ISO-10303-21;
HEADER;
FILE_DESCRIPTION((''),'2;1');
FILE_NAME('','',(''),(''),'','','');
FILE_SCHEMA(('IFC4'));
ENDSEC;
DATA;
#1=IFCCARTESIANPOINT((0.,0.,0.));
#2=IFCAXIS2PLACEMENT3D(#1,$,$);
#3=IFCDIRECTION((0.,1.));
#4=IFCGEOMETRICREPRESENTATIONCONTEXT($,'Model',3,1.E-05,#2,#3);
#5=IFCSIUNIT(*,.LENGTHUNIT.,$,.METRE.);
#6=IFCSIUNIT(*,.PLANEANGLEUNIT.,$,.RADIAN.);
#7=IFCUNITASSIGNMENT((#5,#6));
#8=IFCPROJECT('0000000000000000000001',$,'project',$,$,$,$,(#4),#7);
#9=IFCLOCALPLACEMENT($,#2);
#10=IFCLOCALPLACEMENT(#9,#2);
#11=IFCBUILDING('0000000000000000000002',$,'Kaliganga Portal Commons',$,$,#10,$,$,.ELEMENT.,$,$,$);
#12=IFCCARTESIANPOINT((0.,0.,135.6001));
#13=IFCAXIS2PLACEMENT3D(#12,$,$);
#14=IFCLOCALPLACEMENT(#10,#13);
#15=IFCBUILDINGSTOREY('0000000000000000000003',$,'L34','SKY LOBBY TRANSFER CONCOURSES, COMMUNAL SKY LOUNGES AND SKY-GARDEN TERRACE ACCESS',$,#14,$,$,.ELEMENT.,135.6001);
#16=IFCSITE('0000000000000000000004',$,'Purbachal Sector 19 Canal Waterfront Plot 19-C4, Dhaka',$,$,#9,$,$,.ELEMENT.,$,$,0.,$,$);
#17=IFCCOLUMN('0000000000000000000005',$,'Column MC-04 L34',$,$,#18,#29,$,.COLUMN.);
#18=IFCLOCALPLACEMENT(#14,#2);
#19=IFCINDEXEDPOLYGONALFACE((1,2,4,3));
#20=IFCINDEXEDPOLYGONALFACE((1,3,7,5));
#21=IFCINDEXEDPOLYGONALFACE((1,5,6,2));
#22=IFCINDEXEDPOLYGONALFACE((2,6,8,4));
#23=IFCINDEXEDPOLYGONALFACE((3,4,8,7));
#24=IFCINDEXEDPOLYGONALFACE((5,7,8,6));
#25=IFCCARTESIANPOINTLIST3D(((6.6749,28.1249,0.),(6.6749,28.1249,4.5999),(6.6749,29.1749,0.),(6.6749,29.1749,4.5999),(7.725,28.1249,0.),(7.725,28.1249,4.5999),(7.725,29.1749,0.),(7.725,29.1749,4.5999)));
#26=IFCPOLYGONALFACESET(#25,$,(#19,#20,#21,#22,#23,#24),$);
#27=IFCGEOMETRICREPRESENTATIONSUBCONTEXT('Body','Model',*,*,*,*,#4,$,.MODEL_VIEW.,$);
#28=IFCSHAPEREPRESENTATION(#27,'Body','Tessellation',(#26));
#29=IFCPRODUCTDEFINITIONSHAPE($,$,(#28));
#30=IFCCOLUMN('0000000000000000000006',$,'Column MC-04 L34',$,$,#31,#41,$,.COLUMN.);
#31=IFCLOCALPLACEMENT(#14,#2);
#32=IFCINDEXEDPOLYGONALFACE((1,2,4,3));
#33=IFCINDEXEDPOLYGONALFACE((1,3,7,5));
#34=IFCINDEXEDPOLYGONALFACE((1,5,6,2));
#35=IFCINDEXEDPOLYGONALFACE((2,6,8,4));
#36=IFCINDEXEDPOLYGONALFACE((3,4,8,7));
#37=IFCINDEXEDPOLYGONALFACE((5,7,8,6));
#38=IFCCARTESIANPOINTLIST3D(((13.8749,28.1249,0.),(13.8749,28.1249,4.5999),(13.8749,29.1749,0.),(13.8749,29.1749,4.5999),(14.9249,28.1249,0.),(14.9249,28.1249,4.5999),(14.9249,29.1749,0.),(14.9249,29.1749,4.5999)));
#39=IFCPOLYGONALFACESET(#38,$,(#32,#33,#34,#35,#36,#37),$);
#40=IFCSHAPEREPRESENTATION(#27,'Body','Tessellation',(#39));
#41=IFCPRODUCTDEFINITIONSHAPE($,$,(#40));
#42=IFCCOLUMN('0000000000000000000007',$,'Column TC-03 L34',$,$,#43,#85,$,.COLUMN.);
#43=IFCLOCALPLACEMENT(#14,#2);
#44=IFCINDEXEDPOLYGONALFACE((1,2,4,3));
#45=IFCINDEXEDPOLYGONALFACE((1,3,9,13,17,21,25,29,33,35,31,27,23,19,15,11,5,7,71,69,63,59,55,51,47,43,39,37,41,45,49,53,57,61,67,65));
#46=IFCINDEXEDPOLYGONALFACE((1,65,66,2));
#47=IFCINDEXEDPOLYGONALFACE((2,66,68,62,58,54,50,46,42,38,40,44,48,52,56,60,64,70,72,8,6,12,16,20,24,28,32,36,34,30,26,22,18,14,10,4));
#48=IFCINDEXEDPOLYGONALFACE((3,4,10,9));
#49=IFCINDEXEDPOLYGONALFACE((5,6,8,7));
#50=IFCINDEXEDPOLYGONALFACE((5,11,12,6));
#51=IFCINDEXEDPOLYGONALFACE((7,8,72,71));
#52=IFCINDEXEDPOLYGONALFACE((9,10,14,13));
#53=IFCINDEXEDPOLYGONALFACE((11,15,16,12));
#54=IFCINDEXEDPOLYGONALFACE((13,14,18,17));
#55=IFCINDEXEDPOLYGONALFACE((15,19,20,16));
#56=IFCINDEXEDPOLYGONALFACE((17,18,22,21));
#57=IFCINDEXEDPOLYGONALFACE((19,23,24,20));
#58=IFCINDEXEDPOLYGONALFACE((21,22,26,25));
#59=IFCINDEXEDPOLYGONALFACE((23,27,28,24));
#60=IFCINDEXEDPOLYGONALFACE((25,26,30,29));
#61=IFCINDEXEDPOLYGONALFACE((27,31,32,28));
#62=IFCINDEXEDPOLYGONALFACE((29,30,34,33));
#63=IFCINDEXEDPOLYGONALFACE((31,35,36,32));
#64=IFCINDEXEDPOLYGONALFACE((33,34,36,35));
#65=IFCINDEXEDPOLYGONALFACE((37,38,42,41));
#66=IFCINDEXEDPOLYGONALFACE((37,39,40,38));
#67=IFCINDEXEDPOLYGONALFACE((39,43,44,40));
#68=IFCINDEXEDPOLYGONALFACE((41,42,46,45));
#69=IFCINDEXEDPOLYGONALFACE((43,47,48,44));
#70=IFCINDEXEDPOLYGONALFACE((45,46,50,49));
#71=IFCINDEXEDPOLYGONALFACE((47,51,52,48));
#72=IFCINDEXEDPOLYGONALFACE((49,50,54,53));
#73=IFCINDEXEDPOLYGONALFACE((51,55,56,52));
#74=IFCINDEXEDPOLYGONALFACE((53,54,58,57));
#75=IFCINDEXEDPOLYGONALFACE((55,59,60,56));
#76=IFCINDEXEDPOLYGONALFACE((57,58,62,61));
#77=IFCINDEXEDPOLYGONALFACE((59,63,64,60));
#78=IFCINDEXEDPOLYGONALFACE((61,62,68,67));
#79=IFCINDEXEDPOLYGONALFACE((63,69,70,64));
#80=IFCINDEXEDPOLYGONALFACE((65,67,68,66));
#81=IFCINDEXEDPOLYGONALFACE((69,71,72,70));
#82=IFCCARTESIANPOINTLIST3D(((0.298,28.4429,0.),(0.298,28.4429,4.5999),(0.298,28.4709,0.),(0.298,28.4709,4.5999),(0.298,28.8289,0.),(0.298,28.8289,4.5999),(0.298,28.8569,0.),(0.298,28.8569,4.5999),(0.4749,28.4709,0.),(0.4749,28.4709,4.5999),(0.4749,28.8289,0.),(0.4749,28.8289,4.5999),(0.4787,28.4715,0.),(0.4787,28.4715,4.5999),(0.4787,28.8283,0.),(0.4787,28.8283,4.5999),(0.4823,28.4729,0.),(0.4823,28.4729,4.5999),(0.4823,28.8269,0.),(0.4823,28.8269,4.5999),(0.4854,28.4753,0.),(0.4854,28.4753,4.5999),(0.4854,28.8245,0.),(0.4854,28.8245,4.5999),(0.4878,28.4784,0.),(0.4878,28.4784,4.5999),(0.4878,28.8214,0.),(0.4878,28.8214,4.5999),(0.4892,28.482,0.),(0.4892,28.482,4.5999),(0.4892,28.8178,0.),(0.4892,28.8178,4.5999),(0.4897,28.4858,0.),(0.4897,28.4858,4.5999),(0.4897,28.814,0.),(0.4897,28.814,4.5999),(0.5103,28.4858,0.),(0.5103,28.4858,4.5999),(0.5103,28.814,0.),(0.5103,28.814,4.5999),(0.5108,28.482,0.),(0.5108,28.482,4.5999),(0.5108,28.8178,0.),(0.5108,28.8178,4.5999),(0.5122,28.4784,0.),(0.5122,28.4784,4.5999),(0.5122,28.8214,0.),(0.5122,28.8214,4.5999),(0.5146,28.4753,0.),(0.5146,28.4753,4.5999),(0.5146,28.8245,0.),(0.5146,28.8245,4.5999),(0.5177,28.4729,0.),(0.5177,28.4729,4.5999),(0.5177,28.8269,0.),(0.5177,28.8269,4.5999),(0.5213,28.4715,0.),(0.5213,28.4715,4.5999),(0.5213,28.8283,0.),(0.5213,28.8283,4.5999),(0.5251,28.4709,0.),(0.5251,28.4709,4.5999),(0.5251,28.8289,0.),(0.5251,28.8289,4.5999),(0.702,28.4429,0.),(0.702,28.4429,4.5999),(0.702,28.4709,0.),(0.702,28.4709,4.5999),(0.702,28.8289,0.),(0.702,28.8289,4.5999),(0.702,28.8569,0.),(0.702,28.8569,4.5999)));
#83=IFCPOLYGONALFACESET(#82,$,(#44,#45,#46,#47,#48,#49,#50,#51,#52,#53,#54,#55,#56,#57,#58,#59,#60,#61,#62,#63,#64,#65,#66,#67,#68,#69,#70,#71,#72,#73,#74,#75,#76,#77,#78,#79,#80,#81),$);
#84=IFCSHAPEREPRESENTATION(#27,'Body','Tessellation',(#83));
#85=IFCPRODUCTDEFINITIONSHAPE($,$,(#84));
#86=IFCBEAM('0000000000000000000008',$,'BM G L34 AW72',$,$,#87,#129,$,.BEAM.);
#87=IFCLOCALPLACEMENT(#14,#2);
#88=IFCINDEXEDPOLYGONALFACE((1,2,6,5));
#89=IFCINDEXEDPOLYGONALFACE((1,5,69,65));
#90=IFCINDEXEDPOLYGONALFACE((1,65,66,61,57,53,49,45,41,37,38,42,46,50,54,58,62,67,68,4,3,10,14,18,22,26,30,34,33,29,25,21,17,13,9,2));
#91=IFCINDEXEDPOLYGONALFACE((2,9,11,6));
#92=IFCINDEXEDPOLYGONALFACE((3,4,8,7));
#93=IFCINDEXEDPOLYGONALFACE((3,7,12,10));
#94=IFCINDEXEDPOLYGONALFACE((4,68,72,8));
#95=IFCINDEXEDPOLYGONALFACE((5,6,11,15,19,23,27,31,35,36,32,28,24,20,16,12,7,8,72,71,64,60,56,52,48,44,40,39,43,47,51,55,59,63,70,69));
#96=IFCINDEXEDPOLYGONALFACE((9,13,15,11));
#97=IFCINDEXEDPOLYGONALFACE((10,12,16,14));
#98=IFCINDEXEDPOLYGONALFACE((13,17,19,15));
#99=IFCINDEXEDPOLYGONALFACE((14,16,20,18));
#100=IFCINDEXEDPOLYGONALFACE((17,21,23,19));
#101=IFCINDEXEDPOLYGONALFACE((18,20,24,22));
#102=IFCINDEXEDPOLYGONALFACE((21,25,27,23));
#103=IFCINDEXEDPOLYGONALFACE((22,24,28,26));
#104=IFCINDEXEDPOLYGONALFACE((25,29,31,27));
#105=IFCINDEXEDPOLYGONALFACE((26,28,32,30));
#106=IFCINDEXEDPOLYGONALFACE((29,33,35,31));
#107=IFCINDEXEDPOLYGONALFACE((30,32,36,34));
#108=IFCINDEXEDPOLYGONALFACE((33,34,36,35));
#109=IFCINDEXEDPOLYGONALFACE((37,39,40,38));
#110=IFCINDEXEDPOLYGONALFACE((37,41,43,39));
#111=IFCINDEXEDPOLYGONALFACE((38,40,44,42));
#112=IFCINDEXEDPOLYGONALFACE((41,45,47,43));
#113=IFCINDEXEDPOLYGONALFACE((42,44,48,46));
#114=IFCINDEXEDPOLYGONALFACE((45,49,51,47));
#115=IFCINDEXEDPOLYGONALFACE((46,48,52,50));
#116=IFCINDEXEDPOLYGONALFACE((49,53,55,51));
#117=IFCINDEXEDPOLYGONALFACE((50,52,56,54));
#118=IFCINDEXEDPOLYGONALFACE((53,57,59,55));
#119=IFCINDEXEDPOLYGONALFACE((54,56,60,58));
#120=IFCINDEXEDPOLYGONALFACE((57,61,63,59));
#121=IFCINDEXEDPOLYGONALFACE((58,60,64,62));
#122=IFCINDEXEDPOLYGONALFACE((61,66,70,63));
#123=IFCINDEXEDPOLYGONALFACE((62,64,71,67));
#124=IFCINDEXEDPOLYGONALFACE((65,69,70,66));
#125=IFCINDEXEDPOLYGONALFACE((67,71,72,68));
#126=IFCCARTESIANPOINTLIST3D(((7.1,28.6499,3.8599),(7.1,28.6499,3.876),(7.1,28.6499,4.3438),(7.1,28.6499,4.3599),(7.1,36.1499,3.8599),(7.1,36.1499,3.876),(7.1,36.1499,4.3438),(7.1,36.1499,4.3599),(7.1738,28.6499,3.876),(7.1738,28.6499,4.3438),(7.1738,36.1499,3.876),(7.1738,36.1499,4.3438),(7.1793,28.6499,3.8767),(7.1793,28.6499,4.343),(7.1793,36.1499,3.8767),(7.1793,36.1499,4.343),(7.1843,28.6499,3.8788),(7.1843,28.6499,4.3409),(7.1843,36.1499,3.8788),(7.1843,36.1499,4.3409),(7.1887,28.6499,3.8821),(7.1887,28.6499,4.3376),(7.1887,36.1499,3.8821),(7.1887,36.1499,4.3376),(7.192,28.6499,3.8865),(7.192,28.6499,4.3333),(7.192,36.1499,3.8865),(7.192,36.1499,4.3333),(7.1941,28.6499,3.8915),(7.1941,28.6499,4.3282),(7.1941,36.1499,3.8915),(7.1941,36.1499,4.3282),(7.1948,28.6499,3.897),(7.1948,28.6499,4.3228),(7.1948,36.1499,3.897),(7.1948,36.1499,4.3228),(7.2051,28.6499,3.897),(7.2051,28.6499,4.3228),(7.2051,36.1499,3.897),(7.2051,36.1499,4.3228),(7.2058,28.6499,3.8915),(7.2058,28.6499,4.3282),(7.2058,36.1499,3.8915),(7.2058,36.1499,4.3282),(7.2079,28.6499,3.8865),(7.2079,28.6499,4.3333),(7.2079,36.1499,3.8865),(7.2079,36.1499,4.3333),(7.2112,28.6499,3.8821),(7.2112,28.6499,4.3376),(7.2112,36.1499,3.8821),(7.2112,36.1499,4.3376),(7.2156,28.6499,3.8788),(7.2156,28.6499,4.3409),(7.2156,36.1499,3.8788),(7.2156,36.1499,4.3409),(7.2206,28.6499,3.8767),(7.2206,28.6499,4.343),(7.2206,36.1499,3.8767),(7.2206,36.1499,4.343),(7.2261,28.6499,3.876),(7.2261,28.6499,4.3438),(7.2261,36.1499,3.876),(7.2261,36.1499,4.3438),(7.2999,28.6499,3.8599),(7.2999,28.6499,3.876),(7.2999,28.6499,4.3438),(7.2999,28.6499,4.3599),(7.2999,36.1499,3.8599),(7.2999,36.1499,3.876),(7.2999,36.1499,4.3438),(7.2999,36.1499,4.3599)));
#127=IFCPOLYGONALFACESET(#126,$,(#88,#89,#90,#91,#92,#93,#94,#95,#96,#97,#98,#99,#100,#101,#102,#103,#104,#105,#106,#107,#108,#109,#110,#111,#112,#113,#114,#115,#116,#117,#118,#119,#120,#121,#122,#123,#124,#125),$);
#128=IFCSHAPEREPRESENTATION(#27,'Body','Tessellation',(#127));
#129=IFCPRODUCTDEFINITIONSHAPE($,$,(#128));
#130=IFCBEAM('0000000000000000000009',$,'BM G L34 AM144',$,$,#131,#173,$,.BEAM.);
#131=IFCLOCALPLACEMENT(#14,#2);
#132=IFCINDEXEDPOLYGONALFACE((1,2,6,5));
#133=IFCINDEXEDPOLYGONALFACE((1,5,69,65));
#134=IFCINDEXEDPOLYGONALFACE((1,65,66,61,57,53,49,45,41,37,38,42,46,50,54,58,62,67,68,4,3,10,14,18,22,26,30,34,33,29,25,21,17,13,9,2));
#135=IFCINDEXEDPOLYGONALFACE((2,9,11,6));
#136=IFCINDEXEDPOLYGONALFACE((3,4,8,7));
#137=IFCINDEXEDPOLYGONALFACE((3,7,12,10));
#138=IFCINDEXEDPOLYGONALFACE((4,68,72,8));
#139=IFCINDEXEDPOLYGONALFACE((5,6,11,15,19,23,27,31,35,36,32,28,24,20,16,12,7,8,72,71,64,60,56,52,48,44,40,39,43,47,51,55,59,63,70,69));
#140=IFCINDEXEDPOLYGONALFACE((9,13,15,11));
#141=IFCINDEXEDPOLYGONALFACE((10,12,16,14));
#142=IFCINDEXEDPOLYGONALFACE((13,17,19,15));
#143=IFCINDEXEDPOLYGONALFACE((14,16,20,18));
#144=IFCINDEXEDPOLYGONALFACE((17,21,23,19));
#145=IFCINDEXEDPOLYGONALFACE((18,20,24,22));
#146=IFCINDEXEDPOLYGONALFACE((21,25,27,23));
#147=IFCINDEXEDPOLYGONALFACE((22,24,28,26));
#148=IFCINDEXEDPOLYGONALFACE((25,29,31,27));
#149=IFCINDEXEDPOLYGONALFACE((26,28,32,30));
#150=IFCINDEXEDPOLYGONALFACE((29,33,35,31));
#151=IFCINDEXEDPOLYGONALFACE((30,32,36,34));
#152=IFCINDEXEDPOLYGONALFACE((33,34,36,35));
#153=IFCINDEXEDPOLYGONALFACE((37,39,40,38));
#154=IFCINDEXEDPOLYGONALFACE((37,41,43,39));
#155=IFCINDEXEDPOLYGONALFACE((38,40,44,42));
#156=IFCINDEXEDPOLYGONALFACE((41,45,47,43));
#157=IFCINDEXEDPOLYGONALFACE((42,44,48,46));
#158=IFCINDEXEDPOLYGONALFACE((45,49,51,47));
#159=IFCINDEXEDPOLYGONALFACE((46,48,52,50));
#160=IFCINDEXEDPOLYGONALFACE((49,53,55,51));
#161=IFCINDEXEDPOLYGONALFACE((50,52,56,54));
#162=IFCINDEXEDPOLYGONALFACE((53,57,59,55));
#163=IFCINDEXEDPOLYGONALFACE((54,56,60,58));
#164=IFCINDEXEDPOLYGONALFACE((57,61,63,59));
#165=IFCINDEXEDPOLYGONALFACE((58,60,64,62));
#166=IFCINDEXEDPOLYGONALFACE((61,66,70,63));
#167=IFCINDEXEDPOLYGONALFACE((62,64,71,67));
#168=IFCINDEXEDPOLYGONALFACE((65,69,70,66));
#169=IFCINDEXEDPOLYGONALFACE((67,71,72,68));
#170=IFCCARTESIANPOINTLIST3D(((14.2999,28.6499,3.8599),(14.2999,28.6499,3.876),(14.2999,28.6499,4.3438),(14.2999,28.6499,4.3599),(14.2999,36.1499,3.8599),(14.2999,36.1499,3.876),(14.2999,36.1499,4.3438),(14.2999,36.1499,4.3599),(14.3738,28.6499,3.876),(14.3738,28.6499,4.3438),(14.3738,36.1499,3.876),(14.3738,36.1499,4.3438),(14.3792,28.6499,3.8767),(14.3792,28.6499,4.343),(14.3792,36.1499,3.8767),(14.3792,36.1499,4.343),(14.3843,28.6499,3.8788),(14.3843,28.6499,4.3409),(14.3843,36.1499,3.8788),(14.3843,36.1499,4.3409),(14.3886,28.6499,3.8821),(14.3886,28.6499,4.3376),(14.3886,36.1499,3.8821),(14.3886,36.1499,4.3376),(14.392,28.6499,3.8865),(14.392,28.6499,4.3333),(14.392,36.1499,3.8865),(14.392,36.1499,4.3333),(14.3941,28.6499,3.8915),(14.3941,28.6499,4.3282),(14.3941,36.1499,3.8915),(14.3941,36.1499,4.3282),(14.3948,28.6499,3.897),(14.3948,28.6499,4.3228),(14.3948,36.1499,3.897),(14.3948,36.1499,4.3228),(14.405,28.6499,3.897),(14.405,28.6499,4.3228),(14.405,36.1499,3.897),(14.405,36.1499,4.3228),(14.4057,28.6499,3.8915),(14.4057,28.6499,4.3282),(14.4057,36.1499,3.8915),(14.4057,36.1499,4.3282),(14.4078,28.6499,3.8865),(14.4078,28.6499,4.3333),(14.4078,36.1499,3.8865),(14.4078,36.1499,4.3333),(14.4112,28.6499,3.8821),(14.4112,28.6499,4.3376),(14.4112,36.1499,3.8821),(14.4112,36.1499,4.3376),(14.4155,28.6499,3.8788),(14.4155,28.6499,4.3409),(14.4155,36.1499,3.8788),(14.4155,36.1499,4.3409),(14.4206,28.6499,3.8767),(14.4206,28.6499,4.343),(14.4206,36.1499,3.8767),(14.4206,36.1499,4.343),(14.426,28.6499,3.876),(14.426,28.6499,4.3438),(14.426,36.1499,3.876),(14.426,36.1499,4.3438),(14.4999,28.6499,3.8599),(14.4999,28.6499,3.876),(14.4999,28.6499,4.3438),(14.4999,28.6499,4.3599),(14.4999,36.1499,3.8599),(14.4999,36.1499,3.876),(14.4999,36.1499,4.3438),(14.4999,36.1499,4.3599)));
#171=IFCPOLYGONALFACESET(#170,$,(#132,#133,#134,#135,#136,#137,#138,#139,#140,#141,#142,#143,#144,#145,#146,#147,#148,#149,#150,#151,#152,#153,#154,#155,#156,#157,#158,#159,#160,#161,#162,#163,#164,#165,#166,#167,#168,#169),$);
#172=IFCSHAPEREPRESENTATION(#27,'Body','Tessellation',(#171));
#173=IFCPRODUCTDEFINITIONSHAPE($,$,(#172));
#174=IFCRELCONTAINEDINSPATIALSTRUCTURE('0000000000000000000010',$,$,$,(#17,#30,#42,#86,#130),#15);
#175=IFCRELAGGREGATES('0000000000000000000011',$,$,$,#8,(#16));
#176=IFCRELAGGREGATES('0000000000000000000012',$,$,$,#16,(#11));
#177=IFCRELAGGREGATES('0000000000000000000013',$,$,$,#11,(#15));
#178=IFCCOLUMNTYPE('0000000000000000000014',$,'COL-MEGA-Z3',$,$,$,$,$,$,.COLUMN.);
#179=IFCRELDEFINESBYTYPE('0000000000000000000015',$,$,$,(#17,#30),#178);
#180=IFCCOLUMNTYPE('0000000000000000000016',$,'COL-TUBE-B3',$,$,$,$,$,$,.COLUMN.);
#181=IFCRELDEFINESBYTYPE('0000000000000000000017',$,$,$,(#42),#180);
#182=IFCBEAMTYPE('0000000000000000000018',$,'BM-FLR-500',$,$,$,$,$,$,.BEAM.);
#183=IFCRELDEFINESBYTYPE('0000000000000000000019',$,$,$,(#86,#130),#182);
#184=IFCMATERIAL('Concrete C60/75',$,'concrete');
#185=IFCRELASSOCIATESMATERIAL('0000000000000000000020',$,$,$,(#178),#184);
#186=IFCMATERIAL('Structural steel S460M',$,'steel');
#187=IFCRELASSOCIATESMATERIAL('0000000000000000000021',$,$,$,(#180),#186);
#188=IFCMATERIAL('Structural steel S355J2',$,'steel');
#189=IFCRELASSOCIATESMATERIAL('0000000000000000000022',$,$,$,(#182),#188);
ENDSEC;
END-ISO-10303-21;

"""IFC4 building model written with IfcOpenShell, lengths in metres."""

from ifc_helpers import new_model, si_unit, direction, frame, origin, origin_2d, place, context, subcontext, project, spatial, rectangle, i_section, extrude, source, transform, mapped, material, material_profile, profile_set, type_object, element, save


model = new_model("IFC4")

# Units and contexts
model_context = context("Model", 3, precision=1e-05, world=origin(), true_north=direction((0.0, 1.0)))
body_context = subcontext(model_context, "Body", "Model", "MODEL_VIEW")
ifc_project = project(units=[si_unit("LENGTHUNIT", "METRE"), si_unit("PLANEANGLEUNIT", "RADIAN")], contexts=[model_context])

# Site, building, storey
site_placement = place(None, origin())
site = spatial("IfcSite", under=ifc_project, at=site_placement, Name="Purbachal Sector 19 Canal Waterfront Plot 19-C4, Dhaka", CompositionType="ELEMENT", RefElevation=0.0)
building_placement = place(site_placement, origin())
building = spatial("IfcBuilding", under=site, at=building_placement, Name="Kaliganga Portal Commons", CompositionType="ELEMENT")
storey_placement = place(building_placement, frame((0.0, 0.0, 135.6001)))
storey = spatial("IfcBuildingStorey", under=building, at=storey_placement, Name="L34", Description="SKY LOBBY TRANSFER CONCOURSES, COMMUNAL SKY LOUNGES AND SKY-GARDEN TERRACE ACCESS", CompositionType="ELEMENT", Elevation=135.6001)

# Columns
ifc_material_1 = material(Name="Concrete C60/75", Category="concrete")
ifc_material_profile_1 = material_profile(ifc_material_1, rectangle(XDim=1.05, YDim=1.05, at=origin_2d()), Name="RC 1050x1050")
ifc_profile_set_1 = profile_set([ifc_material_profile_1], Name="Concrete C60/75")
column_type_1 = type_object("IfcColumnType", Name="COL-MEGA-Z3", PredefinedType="COLUMN", material=ifc_profile_set_1)
shared_shape_1 = source(origin(), body_context, "Body", "SweptSolid", [
    extrude(rectangle(XDim=1.05, YDim=1.05, at=origin_2d()), origin(), (0.0, 0.0, 1.0), 4.5999),
])
for number, where, z_axis, x_axis, name in (
    (1, (7.2, 28.6499, 0.0), (0.0, 0.0, 1.0), (1.0, 0.0, 0.0), "Column MC-04 L34"),
    (2, (14.3999, 28.6499, 0.0), (0.0, 0.0, 1.0), (1.0, 0.0, 0.0), "Column MC-04 L34"),
):
    element("IfcColumn", number, at=place(storey_placement, frame(where, z_axis=z_axis, x_axis=x_axis)), inside=storey, type_object=column_type_1, Name=name, PredefinedType="COLUMN", context=body_context, shape_type="MappedRepresentation", body=[
        mapped(shared_shape_1, transform((0.0, 0.0, 0.0), x_axis=(1.0, 0.0, 0.0), y_axis=(0.0, 1.0, 0.0), z_axis=(0.0, 0.0, 1.0), scale=1.0)),
    ])
ifc_material_2 = material(Name="Structural steel S460M", Category="steel")
ifc_material_profile_2 = material_profile(ifc_material_2, i_section(OverallWidth=0.4041, OverallDepth=0.4141, WebThickness=0.0205, FlangeThickness=0.0281, FilletRadius=0.0149, at=origin_2d()), Name="HD 400x347")
ifc_profile_set_2 = profile_set([ifc_material_profile_2], Name="Structural steel S460M wide-flange")
column_type_2 = type_object("IfcColumnType", Name="COL-TUBE-B3", PredefinedType="COLUMN", material=ifc_profile_set_2)
shared_shape_2 = source(origin(), body_context, "Body", "SweptSolid", [
    extrude(i_section(OverallWidth=0.4041, OverallDepth=0.4141, WebThickness=0.0205, FlangeThickness=0.0281, FilletRadius=0.0149, at=origin_2d()), origin(), (0.0, 0.0, 1.0), 4.5999),
])
column_placement = place(storey_placement, frame((0.5, 28.6499, 0.0), z_axis=(0.0, 0.0, 1.0), x_axis=(1.0, 0.0, 0.0)))
element("IfcColumn", 3, at=column_placement, inside=storey, type_object=column_type_2, Name="Column TC-03 L34", PredefinedType="COLUMN", context=body_context, shape_type="MappedRepresentation", body=[
    mapped(shared_shape_2, transform((0.0, 0.0, 0.0), x_axis=(1.0, 0.0, 0.0), y_axis=(0.0, 1.0, 0.0), z_axis=(0.0, 0.0, 1.0), scale=1.0)),
])

# Beams
ifc_material_3 = material(Name="Structural steel S355J2", Category="steel")
ifc_material_profile_3 = material_profile(ifc_material_3, i_section(OverallWidth=0.2, OverallDepth=0.5, WebThickness=0.0103, FlangeThickness=0.0161, FilletRadius=0.021, at=origin_2d()), Name="IPE 500")
ifc_profile_set_3 = profile_set([ifc_material_profile_3], Name="Structural steel S355J2 wide-flange")
beam_type_1 = type_object("IfcBeamType", Name="BM-FLR-500", PredefinedType="BEAM", material=ifc_profile_set_3)
shared_shape_3 = source(origin(), body_context, "Body", "SweptSolid", [
    extrude(i_section(OverallWidth=0.2, OverallDepth=0.5, WebThickness=0.0103, FlangeThickness=0.0161, FilletRadius=0.021, at=origin_2d()), origin(), (0.0, 0.0, 1.0), 7.5),
])
for number, where, z_axis, x_axis, name in (
    (4, (7.2, 28.6499, 4.1099), (0.0, 1.0, 0.0), (-1.0, 0.0, 0.0), "BM G L34 AW72"),
    (5, (14.3999, 28.6499, 4.1099), (0.0, 1.0, 0.0), (-1.0, 0.0, 0.0), "BM G L34 AM144"),
):
    element("IfcBeam", number, at=place(storey_placement, frame(where, z_axis=z_axis, x_axis=x_axis)), inside=storey, type_object=beam_type_1, Name=name, PredefinedType="BEAM", context=body_context, shape_type="MappedRepresentation", body=[
        mapped(shared_shape_3, transform((0.0, 0.0, 0.0), x_axis=(1.0, 0.0, 0.0), y_axis=(0.0, 1.0, 0.0), z_axis=(0.0, 0.0, 1.0), scale=1.0)),
    ])

save(model, "model.ifc")
